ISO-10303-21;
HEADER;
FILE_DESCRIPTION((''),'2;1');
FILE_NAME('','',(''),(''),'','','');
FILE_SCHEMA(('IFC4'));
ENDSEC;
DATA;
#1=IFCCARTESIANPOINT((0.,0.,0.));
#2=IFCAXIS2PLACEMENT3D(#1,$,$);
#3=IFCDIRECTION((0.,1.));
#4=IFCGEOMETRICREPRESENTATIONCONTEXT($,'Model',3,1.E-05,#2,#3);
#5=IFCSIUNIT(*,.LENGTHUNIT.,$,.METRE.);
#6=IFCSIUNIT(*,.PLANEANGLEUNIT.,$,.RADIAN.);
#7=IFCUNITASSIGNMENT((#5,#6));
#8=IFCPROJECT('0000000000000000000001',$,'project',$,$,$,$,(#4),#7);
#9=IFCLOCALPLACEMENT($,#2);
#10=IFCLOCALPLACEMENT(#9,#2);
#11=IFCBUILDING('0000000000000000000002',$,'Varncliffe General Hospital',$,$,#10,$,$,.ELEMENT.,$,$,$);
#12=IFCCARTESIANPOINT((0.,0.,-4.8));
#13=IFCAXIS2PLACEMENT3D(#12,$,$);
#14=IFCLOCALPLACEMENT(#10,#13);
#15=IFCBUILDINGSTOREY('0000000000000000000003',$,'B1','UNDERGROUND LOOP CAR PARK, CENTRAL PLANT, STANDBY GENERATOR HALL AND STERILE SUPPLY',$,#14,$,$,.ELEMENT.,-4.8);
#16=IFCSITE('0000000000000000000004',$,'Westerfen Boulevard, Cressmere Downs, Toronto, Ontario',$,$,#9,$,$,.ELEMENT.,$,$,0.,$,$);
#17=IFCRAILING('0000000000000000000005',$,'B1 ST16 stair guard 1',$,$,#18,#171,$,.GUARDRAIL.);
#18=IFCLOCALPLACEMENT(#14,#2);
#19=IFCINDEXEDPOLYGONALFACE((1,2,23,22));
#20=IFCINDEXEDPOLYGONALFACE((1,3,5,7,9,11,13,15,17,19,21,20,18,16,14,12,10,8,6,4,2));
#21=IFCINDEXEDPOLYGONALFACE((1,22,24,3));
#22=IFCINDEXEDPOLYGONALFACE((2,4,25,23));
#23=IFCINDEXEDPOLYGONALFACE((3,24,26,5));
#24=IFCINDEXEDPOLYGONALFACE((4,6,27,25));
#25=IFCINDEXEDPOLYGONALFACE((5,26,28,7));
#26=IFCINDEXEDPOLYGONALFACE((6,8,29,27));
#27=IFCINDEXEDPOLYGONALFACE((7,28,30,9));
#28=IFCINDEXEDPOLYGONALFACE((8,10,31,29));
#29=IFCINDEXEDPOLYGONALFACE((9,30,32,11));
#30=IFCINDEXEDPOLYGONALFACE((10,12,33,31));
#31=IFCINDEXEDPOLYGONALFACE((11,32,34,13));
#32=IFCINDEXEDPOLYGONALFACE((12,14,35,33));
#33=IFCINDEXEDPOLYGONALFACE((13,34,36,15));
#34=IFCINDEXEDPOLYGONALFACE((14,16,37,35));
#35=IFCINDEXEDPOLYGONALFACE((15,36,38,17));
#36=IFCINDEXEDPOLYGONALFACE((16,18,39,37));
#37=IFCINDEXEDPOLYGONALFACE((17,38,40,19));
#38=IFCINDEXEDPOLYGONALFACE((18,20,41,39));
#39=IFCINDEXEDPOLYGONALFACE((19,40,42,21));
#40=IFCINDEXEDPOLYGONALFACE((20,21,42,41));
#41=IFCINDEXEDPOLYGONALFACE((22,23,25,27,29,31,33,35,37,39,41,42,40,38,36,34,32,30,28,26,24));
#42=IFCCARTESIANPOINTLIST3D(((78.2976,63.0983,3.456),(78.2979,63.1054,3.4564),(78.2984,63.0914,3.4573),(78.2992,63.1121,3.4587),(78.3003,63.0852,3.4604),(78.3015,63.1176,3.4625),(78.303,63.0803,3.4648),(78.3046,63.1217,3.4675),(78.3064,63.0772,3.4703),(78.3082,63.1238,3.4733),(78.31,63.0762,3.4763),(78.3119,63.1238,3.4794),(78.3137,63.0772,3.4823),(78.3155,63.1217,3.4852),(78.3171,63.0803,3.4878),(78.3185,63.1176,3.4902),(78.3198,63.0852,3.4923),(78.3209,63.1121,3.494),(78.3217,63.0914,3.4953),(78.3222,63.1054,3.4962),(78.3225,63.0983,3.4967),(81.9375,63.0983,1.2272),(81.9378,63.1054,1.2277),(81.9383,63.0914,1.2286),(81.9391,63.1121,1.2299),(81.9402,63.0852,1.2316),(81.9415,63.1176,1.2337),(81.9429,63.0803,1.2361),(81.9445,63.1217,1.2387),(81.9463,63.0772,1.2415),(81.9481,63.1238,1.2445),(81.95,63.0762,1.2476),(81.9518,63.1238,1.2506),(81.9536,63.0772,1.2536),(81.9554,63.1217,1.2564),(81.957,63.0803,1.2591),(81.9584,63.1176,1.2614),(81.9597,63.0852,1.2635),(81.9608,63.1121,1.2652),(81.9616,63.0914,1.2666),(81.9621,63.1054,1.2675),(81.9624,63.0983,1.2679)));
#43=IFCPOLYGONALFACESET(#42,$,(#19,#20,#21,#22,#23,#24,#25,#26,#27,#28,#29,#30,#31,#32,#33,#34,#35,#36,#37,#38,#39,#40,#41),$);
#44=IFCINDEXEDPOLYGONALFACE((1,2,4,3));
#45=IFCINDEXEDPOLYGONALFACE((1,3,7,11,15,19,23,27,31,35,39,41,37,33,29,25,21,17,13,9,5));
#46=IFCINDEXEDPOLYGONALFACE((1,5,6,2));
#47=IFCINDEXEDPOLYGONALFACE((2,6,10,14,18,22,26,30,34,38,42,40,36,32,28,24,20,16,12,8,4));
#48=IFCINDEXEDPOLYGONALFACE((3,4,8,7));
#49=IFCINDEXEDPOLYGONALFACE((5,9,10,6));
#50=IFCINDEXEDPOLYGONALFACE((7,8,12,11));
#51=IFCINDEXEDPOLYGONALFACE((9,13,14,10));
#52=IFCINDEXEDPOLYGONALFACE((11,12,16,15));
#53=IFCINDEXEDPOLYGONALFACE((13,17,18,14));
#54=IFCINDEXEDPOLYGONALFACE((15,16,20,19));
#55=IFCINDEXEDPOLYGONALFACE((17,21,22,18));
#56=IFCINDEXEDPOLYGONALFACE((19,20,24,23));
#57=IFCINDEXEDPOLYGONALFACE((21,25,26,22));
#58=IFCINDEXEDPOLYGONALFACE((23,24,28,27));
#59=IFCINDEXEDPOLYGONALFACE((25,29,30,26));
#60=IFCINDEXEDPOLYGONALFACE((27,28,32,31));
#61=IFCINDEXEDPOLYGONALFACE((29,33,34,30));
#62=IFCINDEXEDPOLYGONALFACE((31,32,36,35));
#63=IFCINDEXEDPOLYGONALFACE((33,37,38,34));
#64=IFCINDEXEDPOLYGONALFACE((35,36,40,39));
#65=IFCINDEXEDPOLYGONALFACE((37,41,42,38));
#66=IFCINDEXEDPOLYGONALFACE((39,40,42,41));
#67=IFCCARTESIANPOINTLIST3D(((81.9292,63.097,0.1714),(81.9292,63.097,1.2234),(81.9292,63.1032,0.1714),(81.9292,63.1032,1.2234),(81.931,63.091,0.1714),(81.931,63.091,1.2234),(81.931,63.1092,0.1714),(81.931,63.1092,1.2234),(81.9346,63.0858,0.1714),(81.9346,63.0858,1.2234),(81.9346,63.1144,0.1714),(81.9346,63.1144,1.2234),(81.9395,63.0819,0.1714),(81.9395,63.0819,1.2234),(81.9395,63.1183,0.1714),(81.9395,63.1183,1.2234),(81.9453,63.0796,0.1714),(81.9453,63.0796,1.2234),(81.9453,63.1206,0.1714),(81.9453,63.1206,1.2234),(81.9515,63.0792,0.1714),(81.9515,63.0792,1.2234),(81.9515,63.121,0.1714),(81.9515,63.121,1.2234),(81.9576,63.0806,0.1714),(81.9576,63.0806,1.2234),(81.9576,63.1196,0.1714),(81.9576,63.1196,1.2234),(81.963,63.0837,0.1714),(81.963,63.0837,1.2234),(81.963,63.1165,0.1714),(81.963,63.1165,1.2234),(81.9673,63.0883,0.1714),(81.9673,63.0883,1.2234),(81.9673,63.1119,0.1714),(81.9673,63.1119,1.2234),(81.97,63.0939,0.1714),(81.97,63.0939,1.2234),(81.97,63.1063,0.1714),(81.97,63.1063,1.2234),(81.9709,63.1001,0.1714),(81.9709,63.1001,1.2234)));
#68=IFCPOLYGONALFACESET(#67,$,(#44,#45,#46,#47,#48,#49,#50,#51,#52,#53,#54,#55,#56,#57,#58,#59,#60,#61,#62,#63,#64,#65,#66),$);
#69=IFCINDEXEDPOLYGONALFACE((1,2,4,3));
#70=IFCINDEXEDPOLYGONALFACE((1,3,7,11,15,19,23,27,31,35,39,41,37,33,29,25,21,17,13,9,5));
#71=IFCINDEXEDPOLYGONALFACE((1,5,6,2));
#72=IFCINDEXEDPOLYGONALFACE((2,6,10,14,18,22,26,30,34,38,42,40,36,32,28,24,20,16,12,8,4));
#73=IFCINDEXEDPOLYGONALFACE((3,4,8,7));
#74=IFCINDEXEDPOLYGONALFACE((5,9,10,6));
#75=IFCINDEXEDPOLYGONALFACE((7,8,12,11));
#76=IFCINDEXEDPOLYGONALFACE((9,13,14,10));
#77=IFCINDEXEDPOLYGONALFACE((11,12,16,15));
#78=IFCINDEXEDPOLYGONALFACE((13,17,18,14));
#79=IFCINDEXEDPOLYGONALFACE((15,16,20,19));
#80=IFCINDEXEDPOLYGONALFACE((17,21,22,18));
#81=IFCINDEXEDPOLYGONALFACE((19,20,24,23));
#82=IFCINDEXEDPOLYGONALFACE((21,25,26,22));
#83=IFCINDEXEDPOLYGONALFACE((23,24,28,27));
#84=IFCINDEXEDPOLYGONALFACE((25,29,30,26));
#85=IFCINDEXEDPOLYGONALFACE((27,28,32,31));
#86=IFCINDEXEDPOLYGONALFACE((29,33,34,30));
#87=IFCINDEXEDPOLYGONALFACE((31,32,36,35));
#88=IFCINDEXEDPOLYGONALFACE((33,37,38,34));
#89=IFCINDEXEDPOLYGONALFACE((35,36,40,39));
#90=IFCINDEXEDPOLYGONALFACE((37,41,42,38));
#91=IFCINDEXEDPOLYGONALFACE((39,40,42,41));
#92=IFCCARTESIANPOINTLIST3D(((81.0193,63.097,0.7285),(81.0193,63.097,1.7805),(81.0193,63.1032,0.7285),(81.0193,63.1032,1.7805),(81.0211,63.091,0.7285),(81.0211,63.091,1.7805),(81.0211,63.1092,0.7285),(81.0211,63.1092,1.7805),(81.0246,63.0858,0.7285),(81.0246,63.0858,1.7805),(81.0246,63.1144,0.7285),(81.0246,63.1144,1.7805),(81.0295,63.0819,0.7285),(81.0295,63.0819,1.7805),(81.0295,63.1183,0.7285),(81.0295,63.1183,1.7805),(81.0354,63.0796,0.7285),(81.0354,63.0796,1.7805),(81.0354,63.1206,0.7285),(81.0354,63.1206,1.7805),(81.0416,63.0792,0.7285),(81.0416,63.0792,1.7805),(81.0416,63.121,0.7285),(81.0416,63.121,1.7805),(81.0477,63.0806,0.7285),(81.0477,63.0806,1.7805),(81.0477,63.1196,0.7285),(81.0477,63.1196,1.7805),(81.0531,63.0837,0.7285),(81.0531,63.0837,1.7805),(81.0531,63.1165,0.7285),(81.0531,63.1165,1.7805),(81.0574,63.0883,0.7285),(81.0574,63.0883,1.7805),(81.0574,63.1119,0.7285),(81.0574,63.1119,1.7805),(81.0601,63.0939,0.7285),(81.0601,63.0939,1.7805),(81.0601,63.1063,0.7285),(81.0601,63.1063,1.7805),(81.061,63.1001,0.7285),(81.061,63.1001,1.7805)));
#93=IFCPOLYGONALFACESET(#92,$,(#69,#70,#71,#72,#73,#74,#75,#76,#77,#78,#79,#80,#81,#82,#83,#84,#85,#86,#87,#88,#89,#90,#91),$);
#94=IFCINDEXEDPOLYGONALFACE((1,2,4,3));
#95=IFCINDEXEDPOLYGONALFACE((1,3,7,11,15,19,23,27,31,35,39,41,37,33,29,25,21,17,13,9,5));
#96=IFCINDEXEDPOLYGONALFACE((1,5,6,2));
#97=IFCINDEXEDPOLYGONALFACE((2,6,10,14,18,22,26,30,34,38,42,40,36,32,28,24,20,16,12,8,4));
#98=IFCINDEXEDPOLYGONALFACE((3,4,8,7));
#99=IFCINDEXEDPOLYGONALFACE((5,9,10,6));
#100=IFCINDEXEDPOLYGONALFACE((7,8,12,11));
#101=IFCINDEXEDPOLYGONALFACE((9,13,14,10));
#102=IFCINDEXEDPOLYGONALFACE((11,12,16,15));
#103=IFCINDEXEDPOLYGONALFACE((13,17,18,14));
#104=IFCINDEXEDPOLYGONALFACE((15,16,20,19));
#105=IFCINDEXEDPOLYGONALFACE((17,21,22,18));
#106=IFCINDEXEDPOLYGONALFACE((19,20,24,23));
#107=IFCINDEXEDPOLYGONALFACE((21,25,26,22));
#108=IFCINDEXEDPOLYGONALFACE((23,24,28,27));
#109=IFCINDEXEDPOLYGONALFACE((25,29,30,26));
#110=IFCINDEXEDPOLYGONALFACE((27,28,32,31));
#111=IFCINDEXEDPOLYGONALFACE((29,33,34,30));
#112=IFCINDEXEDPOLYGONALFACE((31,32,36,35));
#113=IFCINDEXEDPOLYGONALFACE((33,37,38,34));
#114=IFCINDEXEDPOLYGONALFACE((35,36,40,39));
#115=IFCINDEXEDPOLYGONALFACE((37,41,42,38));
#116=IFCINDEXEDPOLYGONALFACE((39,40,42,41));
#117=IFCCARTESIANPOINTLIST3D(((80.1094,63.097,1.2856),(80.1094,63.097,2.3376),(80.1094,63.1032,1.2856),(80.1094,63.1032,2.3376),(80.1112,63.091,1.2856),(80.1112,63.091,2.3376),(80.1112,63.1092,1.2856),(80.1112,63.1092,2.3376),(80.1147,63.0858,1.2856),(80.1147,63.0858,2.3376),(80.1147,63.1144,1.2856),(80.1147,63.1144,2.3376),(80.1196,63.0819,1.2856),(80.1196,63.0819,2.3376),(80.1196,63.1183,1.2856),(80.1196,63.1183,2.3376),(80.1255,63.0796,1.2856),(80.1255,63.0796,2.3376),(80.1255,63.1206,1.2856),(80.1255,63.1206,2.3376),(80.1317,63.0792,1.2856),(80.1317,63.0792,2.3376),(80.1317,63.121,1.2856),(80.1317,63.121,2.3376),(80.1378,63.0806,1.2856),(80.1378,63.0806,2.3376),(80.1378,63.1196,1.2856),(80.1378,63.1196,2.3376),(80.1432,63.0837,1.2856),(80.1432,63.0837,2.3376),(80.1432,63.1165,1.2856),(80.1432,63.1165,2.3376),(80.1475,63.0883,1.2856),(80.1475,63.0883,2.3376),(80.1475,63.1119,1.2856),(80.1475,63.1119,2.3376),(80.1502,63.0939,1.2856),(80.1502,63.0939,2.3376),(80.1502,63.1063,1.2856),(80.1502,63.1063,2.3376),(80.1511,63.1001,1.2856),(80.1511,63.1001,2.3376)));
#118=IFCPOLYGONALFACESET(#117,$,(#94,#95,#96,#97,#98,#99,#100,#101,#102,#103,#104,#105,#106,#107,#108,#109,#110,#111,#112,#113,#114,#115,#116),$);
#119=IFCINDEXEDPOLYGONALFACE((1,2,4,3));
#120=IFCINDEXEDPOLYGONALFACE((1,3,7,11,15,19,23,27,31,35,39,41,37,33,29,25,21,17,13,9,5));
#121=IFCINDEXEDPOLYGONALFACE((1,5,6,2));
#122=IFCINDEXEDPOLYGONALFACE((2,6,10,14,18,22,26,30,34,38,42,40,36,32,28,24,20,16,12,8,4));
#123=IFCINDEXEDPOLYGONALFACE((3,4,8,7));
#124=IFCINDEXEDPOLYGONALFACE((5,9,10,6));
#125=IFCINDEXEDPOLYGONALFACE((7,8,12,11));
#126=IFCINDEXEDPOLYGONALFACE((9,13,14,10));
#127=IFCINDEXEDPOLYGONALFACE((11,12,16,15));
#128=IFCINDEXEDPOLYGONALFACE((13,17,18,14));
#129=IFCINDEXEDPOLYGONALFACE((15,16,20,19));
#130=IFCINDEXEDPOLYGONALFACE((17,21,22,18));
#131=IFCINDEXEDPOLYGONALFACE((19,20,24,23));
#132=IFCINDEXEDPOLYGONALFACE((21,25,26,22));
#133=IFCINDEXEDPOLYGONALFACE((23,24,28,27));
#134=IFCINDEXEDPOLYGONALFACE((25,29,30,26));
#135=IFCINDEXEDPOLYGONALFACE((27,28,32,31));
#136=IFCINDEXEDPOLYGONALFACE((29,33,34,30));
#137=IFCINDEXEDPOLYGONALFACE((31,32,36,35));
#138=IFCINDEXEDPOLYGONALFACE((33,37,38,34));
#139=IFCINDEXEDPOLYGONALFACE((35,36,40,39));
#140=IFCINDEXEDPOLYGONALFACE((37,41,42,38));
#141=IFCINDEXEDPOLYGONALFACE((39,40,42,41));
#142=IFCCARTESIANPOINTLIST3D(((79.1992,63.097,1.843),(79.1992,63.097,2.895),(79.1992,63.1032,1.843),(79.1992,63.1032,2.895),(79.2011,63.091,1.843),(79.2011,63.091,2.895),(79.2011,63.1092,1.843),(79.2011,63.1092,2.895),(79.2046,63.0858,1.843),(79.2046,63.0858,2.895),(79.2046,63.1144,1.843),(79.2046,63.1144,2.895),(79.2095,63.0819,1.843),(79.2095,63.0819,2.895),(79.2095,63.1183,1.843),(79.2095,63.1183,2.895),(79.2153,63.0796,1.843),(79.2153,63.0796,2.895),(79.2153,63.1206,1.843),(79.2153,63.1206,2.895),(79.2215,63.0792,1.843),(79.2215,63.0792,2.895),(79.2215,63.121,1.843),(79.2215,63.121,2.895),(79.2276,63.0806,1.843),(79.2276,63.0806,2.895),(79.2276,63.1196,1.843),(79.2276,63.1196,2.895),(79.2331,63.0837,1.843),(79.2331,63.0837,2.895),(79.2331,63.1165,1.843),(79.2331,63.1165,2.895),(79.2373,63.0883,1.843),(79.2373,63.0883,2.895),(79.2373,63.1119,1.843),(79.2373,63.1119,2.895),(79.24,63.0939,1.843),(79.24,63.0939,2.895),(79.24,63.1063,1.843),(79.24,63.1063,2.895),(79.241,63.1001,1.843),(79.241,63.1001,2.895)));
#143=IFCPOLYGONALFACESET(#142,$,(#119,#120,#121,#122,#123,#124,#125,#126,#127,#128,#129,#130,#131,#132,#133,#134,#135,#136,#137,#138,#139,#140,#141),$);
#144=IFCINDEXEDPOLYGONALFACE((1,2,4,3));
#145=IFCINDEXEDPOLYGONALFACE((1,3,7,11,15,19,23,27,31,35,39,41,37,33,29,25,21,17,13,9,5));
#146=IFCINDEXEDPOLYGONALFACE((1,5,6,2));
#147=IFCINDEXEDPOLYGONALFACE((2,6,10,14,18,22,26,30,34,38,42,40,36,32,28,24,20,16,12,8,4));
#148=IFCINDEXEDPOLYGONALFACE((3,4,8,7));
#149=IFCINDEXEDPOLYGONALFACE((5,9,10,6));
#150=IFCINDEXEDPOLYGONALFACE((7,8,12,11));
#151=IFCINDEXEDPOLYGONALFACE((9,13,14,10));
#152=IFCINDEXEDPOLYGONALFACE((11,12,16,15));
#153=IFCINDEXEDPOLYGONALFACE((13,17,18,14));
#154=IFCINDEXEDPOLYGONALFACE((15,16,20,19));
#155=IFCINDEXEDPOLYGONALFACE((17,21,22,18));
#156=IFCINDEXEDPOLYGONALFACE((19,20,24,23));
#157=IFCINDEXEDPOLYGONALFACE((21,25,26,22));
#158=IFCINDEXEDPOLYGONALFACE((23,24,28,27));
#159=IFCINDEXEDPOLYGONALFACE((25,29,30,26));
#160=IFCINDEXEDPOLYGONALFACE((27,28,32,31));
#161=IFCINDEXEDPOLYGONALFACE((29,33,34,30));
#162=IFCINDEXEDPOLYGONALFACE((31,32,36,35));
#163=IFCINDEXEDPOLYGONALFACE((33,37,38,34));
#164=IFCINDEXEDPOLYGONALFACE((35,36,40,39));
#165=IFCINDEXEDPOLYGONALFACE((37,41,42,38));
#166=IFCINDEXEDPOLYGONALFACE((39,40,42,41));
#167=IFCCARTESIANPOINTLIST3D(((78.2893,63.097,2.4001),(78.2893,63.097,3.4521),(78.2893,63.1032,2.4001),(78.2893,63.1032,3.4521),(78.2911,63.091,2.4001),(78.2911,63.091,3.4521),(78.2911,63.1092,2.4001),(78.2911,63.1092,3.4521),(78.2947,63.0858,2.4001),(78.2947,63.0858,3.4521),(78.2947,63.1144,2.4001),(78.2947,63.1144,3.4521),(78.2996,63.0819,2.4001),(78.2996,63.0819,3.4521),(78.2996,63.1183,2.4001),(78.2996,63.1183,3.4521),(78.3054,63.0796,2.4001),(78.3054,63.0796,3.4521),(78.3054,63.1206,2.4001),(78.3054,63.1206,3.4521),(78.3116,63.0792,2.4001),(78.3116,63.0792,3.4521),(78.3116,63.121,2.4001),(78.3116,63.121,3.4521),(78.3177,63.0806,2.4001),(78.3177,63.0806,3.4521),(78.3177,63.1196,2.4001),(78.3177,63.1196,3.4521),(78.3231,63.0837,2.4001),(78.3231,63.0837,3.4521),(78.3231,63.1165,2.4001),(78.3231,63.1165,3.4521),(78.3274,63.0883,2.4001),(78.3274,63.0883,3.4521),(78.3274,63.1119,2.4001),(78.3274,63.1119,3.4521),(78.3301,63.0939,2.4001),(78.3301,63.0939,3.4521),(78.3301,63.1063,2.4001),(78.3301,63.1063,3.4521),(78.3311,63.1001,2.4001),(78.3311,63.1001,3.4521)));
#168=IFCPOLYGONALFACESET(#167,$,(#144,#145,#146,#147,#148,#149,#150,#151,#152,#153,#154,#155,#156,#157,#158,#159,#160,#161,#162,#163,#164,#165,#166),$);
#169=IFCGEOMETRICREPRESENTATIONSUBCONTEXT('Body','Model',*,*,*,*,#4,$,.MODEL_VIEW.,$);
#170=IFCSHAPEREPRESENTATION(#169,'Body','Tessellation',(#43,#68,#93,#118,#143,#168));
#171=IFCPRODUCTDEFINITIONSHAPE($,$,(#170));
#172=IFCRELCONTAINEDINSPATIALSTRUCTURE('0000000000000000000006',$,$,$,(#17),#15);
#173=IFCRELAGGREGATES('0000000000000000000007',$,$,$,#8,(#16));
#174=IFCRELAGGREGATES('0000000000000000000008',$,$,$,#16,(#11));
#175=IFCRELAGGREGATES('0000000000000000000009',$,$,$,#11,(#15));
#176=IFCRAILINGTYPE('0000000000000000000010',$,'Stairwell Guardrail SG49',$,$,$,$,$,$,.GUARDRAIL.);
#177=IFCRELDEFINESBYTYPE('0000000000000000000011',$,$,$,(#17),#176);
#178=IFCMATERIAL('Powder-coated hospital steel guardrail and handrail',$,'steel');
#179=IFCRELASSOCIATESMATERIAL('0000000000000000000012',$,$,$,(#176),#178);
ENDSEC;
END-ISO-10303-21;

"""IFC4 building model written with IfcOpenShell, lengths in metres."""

from ifc_helpers import new_model, si_unit, direction, frame, origin, origin_2d, place, context, subcontext, project, spatial, circle, extrude, material, type_object, element, save


model = new_model("IFC4")

# Units and contexts
model_context = context("Model", 3, precision=1e-05, world=origin(), true_north=direction((0.0, 1.0)))
body_context = subcontext(model_context, "Body", "Model", "MODEL_VIEW")
ifc_project = project(units=[si_unit("LENGTHUNIT", "METRE"), si_unit("PLANEANGLEUNIT", "RADIAN")], contexts=[model_context])

# Site, building, storey
site_placement = place(None, origin())
site = spatial("IfcSite", under=ifc_project, at=site_placement, Name="Westerfen Boulevard, Cressmere Downs, Toronto, Ontario", CompositionType="ELEMENT", RefElevation=0.0)
building_placement = place(site_placement, origin())
building = spatial("IfcBuilding", under=site, at=building_placement, Name="Varncliffe General Hospital", CompositionType="ELEMENT")
storey_placement = place(building_placement, frame((0.0, 0.0, -4.8)))
storey = spatial("IfcBuildingStorey", under=building, at=storey_placement, Name="B1", Description="UNDERGROUND LOOP CAR PARK, CENTRAL PLANT, STANDBY GENERATOR HALL AND STERILE SUPPLY", CompositionType="ELEMENT", Elevation=-4.8)

# Railing
ifc_material_1 = material(Name="Powder-coated hospital steel guardrail and handrail", Category="steel")
railing_type_1 = type_object("IfcRailingType", Name="Stairwell Guardrail SG49", PredefinedType="GUARDRAIL", material=ifc_material_1)
railing_1_placement = place(storey_placement, frame((81.95, 63.1001, 0.1714)))
element("IfcRailing", 1, at=railing_1_placement, inside=storey, type_object=railing_type_1, Name="B1 ST16 stair guard 1", PredefinedType="GUARDRAIL", context=body_context, shape_type="SweptSolid", body=[
    extrude(circle(Radius=0.0239, at=origin_2d()), frame((0.0, 0.0, 1.0762), z_axis=(-0.852825, 0.0, 0.522197), x_axis=(0.0, -1.0, 0.0)), (0.0, 0.0, 1.0), 4.2681),
    extrude(circle(Radius=0.021, at=origin_2d()), origin(), (0.0, 0.0, 1.0), 1.052),
    extrude(circle(Radius=0.021, at=origin_2d()), frame((-0.9099, 0.0, 0.5571)), (0.0, 0.0, 1.0), 1.052),
    extrude(circle(Radius=0.021, at=origin_2d()), frame((-1.8198, 0.0, 1.1143)), (0.0, 0.0, 1.0), 1.052),
    extrude(circle(Radius=0.021, at=origin_2d()), frame((-2.73, 0.0, 1.6716)), (0.0, 0.0, 1.0), 1.052),
    extrude(circle(Radius=0.021, at=origin_2d()), frame((-3.6399, 0.0, 2.2288)), (0.0, 0.0, 1.0), 1.052),
])

save(model, "model.ifc")
